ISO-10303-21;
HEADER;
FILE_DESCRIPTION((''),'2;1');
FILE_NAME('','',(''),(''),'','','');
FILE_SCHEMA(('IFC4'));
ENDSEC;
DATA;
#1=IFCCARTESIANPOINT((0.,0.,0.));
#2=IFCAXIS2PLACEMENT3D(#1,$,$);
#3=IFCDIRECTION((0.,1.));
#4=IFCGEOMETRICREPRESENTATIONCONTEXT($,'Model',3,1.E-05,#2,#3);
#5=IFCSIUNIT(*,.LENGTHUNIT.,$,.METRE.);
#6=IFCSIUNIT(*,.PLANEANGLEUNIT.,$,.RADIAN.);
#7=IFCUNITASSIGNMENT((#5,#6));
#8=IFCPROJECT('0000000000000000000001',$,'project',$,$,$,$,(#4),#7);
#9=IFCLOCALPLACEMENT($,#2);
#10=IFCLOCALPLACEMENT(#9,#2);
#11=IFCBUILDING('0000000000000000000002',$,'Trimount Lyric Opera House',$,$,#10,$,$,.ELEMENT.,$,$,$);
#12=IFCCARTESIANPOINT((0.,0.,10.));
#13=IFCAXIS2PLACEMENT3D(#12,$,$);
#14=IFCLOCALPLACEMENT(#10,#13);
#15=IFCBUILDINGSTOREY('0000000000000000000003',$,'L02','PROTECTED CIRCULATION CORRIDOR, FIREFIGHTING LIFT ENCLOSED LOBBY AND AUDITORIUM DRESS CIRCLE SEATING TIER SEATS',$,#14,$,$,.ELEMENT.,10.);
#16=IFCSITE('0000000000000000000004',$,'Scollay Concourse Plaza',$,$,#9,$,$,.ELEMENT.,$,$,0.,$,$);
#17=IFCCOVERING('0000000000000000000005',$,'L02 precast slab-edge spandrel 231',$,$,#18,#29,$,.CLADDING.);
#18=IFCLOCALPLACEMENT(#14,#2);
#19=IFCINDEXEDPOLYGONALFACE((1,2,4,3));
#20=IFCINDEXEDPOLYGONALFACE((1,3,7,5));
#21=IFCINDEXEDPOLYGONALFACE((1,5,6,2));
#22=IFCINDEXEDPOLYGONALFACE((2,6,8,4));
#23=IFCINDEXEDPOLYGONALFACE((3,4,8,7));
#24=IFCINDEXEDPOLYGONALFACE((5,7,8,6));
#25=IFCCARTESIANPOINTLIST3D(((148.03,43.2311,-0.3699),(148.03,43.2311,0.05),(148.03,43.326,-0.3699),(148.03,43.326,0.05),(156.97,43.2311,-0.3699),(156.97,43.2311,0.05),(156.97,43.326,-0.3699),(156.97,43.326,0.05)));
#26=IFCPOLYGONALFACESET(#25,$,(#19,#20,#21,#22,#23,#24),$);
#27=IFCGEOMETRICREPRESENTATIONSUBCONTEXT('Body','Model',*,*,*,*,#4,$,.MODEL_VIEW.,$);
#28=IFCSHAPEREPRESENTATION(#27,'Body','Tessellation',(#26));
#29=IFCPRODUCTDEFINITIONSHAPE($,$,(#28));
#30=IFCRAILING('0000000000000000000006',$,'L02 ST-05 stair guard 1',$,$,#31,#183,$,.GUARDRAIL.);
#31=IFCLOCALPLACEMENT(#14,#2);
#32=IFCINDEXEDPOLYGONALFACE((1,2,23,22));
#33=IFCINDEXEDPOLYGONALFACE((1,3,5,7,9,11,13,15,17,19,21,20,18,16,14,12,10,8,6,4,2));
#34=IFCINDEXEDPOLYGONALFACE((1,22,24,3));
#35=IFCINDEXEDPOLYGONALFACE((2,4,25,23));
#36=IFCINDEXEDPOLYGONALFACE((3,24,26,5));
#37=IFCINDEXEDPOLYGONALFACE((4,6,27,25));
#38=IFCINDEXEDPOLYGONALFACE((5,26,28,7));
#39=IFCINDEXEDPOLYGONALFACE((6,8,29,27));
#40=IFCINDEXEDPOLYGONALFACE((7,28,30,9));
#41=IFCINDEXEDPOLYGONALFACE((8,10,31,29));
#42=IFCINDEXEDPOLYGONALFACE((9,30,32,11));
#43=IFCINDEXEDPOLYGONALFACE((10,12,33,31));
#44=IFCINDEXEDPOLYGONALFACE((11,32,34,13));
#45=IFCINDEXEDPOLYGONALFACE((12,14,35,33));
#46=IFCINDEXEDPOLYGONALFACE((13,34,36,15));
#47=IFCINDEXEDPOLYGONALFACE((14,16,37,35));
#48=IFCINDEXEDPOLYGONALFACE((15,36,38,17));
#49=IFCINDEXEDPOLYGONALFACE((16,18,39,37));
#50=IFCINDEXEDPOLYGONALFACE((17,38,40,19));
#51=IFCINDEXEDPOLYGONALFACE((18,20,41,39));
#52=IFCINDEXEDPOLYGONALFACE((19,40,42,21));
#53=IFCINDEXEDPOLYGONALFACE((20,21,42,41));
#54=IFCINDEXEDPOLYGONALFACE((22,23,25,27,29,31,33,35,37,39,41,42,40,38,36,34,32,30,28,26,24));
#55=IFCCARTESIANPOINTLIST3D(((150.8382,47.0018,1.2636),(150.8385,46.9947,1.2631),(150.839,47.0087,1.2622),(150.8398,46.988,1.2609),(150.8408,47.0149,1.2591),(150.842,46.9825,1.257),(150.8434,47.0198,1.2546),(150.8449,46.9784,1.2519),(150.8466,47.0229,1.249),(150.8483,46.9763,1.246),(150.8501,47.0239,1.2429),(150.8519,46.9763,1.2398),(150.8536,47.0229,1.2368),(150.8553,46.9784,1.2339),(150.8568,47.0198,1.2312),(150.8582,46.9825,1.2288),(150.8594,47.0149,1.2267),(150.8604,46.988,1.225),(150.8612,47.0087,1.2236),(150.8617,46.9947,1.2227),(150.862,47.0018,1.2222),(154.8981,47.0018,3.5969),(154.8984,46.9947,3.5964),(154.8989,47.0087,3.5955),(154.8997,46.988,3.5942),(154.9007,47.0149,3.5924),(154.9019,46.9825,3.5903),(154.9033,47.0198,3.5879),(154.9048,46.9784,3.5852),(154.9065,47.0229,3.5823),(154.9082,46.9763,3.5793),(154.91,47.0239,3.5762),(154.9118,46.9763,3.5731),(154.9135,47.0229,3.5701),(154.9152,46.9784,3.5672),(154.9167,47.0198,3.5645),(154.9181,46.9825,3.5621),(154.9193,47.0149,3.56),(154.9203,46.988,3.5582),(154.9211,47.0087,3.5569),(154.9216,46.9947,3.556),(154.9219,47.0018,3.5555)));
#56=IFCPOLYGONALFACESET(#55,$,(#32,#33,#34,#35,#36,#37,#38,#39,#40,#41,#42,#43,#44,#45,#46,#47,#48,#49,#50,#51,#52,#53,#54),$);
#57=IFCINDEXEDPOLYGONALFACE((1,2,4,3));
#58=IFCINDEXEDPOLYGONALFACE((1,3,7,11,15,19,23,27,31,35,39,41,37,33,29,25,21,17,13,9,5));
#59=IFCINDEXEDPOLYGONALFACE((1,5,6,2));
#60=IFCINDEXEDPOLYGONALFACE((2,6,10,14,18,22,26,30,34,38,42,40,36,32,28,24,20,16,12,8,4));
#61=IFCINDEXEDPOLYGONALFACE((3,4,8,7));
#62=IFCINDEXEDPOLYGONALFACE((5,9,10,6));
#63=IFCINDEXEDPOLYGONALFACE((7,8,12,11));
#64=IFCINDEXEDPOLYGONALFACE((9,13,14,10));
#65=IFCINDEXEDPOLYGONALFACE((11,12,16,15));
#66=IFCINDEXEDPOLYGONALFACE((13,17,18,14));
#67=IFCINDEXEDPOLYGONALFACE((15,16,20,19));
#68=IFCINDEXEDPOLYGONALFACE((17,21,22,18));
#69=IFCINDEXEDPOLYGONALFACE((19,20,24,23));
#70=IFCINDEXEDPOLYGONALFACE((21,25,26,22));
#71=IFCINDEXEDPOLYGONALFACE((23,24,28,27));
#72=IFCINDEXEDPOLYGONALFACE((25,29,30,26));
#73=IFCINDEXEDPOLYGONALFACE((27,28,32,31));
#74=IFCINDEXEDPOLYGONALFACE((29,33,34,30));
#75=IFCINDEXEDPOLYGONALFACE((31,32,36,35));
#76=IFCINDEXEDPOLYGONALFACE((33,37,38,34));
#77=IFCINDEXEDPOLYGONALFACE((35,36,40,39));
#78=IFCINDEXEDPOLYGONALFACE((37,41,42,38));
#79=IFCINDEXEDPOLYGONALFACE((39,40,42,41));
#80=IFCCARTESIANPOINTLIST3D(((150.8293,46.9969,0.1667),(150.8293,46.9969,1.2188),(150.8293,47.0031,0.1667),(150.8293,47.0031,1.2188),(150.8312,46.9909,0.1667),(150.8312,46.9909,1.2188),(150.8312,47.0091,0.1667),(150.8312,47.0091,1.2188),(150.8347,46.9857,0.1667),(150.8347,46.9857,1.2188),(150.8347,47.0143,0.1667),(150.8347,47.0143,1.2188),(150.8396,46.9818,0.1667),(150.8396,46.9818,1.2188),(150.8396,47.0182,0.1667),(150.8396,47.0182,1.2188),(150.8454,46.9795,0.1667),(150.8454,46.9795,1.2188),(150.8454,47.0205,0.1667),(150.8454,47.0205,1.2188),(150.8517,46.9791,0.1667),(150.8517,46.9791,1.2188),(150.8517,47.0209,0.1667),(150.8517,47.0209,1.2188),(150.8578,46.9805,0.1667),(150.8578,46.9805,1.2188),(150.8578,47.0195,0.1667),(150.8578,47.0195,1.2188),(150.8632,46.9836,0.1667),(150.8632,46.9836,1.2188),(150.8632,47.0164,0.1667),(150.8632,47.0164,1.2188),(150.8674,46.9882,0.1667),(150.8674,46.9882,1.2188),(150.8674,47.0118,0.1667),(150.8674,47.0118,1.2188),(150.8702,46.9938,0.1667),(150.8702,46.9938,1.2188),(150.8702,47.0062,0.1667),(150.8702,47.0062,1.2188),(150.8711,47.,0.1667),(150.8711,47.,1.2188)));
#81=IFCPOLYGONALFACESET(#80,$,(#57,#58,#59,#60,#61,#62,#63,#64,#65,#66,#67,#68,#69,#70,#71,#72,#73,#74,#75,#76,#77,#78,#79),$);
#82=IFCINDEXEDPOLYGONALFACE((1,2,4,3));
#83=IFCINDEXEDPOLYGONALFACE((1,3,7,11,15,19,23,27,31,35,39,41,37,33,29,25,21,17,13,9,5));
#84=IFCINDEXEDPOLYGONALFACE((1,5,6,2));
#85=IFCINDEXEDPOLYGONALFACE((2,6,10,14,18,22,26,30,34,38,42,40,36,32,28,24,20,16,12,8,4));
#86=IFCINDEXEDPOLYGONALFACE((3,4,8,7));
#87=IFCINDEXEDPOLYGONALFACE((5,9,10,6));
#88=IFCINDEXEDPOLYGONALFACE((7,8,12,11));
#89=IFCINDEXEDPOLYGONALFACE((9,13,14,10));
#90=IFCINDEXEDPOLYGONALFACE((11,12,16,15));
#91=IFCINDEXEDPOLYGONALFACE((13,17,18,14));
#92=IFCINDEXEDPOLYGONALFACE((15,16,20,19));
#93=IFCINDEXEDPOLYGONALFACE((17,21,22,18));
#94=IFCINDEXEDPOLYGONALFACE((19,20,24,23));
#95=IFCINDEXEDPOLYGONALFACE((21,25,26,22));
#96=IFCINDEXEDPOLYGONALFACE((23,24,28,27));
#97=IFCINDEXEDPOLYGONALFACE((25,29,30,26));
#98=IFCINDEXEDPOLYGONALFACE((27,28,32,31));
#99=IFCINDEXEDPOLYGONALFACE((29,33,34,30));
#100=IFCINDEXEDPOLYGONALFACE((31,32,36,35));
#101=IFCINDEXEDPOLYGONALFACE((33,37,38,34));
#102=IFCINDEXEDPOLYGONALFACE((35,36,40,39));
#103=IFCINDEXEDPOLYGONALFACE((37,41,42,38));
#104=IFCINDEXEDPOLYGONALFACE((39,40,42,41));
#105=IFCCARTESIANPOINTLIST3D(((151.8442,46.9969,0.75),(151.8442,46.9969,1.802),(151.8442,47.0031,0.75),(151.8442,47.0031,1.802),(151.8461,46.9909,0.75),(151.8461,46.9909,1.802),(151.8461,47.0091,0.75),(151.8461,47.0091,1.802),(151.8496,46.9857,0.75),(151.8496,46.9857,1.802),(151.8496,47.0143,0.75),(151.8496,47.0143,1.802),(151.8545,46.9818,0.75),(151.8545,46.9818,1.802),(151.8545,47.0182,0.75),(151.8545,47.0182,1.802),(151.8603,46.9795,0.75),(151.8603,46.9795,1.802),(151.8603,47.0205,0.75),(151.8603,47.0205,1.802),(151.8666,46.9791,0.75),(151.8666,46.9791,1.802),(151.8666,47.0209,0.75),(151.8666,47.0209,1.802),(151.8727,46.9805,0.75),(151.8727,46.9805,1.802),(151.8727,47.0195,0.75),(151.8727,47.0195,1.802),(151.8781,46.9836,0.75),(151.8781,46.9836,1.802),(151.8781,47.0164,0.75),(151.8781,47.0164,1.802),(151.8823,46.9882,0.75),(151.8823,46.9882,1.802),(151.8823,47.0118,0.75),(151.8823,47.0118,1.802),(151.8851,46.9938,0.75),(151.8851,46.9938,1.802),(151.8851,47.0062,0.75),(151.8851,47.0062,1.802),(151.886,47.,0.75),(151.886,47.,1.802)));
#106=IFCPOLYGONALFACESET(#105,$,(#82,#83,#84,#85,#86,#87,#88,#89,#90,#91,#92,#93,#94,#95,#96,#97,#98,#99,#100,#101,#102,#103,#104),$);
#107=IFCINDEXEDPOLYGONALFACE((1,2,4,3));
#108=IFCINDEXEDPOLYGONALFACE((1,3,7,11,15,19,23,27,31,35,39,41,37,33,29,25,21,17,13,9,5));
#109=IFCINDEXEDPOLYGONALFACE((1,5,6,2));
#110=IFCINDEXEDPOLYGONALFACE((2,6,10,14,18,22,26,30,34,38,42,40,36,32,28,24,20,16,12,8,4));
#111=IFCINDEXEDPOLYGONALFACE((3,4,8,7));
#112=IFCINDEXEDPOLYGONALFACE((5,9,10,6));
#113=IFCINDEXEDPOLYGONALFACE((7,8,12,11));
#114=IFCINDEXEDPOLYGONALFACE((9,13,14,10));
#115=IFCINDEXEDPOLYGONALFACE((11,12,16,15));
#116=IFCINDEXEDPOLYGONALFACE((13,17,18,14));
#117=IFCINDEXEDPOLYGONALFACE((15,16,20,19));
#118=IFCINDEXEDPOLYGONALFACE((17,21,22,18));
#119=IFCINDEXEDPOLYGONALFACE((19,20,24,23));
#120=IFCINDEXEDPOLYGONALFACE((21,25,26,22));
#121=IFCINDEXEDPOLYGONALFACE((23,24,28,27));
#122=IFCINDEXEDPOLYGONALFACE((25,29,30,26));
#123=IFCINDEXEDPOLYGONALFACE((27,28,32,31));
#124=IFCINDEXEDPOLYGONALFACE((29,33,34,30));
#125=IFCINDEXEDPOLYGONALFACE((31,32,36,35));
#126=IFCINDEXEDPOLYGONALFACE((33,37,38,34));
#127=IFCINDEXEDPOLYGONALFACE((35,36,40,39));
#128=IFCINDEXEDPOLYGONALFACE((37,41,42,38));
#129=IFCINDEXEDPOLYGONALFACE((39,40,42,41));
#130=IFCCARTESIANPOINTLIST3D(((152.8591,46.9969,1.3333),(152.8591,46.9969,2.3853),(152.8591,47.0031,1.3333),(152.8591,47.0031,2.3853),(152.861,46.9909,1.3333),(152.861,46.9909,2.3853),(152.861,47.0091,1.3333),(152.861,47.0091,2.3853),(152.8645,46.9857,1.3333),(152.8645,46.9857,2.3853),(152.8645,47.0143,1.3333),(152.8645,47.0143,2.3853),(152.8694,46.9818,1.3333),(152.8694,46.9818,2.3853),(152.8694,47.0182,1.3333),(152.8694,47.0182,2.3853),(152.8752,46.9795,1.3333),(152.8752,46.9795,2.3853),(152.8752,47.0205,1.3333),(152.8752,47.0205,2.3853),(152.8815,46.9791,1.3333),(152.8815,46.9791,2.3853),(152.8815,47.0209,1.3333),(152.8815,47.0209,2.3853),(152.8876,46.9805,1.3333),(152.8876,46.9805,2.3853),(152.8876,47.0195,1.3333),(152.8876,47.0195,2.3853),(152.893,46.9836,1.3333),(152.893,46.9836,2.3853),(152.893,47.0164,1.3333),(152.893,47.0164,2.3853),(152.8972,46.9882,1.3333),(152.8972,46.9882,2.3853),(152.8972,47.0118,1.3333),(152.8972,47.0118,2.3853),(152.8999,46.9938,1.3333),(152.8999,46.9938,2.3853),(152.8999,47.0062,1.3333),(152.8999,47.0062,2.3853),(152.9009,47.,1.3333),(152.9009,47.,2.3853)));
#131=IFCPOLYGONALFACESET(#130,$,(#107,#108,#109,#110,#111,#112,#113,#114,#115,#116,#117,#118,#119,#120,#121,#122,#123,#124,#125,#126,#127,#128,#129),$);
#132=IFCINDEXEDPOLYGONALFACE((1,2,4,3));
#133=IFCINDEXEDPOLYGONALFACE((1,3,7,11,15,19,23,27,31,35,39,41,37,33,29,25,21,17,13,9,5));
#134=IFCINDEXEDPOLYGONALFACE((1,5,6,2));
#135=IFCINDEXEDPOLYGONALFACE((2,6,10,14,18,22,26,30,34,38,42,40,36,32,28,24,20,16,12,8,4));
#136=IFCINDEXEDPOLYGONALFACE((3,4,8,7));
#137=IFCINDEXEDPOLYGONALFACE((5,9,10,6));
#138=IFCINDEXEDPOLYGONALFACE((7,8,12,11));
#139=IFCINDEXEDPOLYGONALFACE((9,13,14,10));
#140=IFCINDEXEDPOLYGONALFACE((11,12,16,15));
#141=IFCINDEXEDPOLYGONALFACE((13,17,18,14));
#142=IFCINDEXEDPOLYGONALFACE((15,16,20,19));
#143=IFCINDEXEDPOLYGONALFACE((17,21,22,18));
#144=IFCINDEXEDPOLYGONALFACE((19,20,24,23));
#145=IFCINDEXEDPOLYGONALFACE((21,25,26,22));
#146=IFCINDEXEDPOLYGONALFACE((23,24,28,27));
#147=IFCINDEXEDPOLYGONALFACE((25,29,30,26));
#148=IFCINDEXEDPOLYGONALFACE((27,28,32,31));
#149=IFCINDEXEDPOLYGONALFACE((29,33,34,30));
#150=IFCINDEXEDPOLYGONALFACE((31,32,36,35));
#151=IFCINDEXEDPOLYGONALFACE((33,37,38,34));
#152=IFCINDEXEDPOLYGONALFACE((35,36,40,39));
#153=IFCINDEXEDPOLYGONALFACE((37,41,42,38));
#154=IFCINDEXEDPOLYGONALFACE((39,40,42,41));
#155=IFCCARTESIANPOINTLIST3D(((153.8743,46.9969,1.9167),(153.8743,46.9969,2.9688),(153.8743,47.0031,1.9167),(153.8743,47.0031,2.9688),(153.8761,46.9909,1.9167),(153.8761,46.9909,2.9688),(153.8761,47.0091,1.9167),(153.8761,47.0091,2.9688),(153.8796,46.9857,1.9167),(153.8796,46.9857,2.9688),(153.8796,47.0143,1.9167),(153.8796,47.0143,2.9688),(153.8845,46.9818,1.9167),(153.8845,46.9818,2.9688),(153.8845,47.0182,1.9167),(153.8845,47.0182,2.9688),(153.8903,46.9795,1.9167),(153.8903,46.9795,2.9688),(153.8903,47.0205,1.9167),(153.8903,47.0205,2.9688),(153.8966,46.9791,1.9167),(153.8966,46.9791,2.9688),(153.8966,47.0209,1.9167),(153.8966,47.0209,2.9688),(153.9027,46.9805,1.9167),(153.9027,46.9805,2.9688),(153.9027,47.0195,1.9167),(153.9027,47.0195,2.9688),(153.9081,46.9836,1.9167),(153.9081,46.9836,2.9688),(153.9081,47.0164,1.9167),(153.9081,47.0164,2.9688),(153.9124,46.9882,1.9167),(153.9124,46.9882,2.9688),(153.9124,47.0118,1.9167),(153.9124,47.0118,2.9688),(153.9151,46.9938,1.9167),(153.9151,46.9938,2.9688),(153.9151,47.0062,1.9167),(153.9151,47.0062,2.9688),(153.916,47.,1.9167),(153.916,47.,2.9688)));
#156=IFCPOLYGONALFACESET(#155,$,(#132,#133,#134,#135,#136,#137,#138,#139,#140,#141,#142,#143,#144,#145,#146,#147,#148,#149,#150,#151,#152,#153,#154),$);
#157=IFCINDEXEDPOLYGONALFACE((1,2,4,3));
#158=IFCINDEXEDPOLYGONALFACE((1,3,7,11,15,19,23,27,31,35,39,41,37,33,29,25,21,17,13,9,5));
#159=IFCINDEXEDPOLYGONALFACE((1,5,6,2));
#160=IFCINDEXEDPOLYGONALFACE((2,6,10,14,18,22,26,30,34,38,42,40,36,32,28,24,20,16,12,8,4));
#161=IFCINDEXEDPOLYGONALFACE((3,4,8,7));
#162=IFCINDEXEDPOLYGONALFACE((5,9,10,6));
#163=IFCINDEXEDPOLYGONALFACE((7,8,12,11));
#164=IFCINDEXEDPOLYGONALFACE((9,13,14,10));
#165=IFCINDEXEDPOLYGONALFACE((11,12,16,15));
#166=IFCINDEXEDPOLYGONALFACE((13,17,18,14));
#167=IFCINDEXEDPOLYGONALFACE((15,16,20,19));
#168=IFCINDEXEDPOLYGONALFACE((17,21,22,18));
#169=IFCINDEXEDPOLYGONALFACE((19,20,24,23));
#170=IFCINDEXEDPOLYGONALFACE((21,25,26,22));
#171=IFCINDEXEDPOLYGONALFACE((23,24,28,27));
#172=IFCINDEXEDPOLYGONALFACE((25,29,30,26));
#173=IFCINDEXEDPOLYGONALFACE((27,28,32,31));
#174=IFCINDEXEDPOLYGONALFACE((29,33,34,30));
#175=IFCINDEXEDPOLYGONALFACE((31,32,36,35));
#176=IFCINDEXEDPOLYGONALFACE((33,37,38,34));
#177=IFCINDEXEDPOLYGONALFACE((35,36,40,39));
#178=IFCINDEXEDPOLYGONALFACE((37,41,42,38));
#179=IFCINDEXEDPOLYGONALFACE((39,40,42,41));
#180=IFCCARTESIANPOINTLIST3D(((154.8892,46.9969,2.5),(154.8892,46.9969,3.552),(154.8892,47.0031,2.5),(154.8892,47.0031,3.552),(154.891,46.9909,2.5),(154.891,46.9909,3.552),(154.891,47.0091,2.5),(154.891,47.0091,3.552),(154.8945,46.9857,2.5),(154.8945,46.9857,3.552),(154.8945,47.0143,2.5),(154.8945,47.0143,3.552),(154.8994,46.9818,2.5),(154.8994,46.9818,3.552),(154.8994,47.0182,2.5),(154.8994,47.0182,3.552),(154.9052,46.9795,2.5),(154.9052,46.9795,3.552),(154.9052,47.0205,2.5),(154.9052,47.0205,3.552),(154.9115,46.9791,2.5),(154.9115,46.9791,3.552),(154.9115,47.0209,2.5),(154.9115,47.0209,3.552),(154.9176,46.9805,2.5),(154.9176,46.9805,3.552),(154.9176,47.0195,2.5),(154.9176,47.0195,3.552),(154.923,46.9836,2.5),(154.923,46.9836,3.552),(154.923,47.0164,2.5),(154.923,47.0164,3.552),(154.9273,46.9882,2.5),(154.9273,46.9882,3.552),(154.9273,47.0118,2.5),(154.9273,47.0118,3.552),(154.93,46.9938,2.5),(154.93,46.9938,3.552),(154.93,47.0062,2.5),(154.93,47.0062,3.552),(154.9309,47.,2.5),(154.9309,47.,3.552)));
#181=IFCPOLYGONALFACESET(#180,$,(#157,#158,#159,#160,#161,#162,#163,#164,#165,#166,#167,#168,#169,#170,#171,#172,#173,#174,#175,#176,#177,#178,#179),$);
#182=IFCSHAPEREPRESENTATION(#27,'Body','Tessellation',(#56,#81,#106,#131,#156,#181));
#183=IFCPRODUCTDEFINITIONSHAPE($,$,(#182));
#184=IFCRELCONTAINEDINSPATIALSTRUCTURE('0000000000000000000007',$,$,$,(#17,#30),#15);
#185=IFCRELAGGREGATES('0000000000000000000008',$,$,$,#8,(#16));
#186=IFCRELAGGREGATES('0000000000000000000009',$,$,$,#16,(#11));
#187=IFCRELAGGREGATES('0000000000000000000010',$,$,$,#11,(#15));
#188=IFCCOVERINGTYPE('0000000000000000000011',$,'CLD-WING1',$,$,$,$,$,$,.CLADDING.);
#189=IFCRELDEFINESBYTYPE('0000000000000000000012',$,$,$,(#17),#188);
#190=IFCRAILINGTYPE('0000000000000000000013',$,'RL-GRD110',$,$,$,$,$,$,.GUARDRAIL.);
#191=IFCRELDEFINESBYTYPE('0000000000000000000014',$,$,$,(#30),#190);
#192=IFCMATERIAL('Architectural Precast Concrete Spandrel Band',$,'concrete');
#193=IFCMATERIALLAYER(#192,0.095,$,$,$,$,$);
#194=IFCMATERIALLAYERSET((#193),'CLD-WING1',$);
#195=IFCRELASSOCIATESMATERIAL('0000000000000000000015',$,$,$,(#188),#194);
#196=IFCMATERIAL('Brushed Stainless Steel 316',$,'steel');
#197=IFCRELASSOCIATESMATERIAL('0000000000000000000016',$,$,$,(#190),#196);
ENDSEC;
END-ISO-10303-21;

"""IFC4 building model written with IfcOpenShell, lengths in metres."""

from ifc_helpers import new_model, si_unit, direction, frame, origin, origin_2d, place, context, subcontext, project, spatial, rectangle, circle, extrude, material, layer, layer_set, type_object, element, save


model = new_model("IFC4")

# Units and contexts
model_context = context("Model", 3, precision=1e-05, world=origin(), true_north=direction((0.0, 1.0)))
body_context = subcontext(model_context, "Body", "Model", "MODEL_VIEW")
ifc_project = project(units=[si_unit("LENGTHUNIT", "METRE"), si_unit("PLANEANGLEUNIT", "RADIAN")], contexts=[model_context])

# Site, building, storey
site_placement = place(None, origin())
site = spatial("IfcSite", under=ifc_project, at=site_placement, Name="Scollay Concourse Plaza", CompositionType="ELEMENT", RefElevation=0.0)
building_placement = place(site_placement, origin())
building = spatial("IfcBuilding", under=site, at=building_placement, Name="Trimount Lyric Opera House", CompositionType="ELEMENT")
storey_placement = place(building_placement, frame((0.0, 0.0, 10.0)))
storey = spatial("IfcBuildingStorey", under=building, at=storey_placement, Name="L02", Description="PROTECTED CIRCULATION CORRIDOR, FIREFIGHTING LIFT ENCLOSED LOBBY AND AUDITORIUM DRESS CIRCLE SEATING TIER SEATS", CompositionType="ELEMENT", Elevation=10.0)

# Covering
ifc_material_1 = material(Name="Architectural Precast Concrete Spandrel Band", Category="concrete")
ifc_layer_1 = layer(ifc_material_1, 0.095)
ifc_layer_set_1 = layer_set([ifc_layer_1], Name="CLD-WING1")
covering_type = type_object("IfcCoveringType", Name="CLD-WING1", PredefinedType="CLADDING", material=ifc_layer_set_1)
covering_1_placement = place(storey_placement, frame((152.5, 43.2786, -0.3699), z_axis=(0.0, 0.0, 1.0), x_axis=(-1.0, 0.0, 0.0)))
element("IfcCovering", 1, at=covering_1_placement, inside=storey, type_object=covering_type, Name="L02 precast slab-edge spandrel 231", PredefinedType="CLADDING", context=body_context, shape_type="SweptSolid", body=[
    extrude(rectangle(XDim=8.9399, YDim=0.095, at=origin_2d()), origin(), (0.0, 0.0, 1.0), 0.4199),
])

# Railing
ifc_material_2 = material(Name="Brushed Stainless Steel 316", Category="steel")
railing_type_1 = type_object("IfcRailingType", Name="RL-GRD110", PredefinedType="GUARDRAIL", material=ifc_material_2)
railing_1_placement = place(storey_placement, frame((150.8501, 47.0, 0.1667)))
element("IfcRailing", 2, at=railing_1_placement, inside=storey, type_object=railing_type_1, Name="L02 ST-05 stair guard 1", PredefinedType="GUARDRAIL", context=body_context, shape_type="SweptSolid", body=[
    extrude(circle(Radius=0.0239, at=origin_2d()), frame((0.0, 0.0, 1.0762), z_axis=(0.867012, 0.0, 0.498288), x_axis=(0.0, 1.0, 0.0)), (0.0, 0.0, 1.0), 4.6826),
    extrude(circle(Radius=0.021, at=origin_2d()), origin(), (0.0, 0.0, 1.0), 1.052),
    extrude(circle(Radius=0.021, at=origin_2d()), frame((1.0149, 0.0, 0.5833)), (0.0, 0.0, 1.0), 1.052),
    extrude(circle(Radius=0.021, at=origin_2d()), frame((2.0298, 0.0, 1.1665)), (0.0, 0.0, 1.0), 1.052),
    extrude(circle(Radius=0.021, at=origin_2d()), frame((3.0449, 0.0, 1.75)), (0.0, 0.0, 1.0), 1.052),
    extrude(circle(Radius=0.021, at=origin_2d()), frame((4.0598, 0.0, 2.3333)), (0.0, 0.0, 1.0), 1.052),
])

save(model, "model.ifc")
